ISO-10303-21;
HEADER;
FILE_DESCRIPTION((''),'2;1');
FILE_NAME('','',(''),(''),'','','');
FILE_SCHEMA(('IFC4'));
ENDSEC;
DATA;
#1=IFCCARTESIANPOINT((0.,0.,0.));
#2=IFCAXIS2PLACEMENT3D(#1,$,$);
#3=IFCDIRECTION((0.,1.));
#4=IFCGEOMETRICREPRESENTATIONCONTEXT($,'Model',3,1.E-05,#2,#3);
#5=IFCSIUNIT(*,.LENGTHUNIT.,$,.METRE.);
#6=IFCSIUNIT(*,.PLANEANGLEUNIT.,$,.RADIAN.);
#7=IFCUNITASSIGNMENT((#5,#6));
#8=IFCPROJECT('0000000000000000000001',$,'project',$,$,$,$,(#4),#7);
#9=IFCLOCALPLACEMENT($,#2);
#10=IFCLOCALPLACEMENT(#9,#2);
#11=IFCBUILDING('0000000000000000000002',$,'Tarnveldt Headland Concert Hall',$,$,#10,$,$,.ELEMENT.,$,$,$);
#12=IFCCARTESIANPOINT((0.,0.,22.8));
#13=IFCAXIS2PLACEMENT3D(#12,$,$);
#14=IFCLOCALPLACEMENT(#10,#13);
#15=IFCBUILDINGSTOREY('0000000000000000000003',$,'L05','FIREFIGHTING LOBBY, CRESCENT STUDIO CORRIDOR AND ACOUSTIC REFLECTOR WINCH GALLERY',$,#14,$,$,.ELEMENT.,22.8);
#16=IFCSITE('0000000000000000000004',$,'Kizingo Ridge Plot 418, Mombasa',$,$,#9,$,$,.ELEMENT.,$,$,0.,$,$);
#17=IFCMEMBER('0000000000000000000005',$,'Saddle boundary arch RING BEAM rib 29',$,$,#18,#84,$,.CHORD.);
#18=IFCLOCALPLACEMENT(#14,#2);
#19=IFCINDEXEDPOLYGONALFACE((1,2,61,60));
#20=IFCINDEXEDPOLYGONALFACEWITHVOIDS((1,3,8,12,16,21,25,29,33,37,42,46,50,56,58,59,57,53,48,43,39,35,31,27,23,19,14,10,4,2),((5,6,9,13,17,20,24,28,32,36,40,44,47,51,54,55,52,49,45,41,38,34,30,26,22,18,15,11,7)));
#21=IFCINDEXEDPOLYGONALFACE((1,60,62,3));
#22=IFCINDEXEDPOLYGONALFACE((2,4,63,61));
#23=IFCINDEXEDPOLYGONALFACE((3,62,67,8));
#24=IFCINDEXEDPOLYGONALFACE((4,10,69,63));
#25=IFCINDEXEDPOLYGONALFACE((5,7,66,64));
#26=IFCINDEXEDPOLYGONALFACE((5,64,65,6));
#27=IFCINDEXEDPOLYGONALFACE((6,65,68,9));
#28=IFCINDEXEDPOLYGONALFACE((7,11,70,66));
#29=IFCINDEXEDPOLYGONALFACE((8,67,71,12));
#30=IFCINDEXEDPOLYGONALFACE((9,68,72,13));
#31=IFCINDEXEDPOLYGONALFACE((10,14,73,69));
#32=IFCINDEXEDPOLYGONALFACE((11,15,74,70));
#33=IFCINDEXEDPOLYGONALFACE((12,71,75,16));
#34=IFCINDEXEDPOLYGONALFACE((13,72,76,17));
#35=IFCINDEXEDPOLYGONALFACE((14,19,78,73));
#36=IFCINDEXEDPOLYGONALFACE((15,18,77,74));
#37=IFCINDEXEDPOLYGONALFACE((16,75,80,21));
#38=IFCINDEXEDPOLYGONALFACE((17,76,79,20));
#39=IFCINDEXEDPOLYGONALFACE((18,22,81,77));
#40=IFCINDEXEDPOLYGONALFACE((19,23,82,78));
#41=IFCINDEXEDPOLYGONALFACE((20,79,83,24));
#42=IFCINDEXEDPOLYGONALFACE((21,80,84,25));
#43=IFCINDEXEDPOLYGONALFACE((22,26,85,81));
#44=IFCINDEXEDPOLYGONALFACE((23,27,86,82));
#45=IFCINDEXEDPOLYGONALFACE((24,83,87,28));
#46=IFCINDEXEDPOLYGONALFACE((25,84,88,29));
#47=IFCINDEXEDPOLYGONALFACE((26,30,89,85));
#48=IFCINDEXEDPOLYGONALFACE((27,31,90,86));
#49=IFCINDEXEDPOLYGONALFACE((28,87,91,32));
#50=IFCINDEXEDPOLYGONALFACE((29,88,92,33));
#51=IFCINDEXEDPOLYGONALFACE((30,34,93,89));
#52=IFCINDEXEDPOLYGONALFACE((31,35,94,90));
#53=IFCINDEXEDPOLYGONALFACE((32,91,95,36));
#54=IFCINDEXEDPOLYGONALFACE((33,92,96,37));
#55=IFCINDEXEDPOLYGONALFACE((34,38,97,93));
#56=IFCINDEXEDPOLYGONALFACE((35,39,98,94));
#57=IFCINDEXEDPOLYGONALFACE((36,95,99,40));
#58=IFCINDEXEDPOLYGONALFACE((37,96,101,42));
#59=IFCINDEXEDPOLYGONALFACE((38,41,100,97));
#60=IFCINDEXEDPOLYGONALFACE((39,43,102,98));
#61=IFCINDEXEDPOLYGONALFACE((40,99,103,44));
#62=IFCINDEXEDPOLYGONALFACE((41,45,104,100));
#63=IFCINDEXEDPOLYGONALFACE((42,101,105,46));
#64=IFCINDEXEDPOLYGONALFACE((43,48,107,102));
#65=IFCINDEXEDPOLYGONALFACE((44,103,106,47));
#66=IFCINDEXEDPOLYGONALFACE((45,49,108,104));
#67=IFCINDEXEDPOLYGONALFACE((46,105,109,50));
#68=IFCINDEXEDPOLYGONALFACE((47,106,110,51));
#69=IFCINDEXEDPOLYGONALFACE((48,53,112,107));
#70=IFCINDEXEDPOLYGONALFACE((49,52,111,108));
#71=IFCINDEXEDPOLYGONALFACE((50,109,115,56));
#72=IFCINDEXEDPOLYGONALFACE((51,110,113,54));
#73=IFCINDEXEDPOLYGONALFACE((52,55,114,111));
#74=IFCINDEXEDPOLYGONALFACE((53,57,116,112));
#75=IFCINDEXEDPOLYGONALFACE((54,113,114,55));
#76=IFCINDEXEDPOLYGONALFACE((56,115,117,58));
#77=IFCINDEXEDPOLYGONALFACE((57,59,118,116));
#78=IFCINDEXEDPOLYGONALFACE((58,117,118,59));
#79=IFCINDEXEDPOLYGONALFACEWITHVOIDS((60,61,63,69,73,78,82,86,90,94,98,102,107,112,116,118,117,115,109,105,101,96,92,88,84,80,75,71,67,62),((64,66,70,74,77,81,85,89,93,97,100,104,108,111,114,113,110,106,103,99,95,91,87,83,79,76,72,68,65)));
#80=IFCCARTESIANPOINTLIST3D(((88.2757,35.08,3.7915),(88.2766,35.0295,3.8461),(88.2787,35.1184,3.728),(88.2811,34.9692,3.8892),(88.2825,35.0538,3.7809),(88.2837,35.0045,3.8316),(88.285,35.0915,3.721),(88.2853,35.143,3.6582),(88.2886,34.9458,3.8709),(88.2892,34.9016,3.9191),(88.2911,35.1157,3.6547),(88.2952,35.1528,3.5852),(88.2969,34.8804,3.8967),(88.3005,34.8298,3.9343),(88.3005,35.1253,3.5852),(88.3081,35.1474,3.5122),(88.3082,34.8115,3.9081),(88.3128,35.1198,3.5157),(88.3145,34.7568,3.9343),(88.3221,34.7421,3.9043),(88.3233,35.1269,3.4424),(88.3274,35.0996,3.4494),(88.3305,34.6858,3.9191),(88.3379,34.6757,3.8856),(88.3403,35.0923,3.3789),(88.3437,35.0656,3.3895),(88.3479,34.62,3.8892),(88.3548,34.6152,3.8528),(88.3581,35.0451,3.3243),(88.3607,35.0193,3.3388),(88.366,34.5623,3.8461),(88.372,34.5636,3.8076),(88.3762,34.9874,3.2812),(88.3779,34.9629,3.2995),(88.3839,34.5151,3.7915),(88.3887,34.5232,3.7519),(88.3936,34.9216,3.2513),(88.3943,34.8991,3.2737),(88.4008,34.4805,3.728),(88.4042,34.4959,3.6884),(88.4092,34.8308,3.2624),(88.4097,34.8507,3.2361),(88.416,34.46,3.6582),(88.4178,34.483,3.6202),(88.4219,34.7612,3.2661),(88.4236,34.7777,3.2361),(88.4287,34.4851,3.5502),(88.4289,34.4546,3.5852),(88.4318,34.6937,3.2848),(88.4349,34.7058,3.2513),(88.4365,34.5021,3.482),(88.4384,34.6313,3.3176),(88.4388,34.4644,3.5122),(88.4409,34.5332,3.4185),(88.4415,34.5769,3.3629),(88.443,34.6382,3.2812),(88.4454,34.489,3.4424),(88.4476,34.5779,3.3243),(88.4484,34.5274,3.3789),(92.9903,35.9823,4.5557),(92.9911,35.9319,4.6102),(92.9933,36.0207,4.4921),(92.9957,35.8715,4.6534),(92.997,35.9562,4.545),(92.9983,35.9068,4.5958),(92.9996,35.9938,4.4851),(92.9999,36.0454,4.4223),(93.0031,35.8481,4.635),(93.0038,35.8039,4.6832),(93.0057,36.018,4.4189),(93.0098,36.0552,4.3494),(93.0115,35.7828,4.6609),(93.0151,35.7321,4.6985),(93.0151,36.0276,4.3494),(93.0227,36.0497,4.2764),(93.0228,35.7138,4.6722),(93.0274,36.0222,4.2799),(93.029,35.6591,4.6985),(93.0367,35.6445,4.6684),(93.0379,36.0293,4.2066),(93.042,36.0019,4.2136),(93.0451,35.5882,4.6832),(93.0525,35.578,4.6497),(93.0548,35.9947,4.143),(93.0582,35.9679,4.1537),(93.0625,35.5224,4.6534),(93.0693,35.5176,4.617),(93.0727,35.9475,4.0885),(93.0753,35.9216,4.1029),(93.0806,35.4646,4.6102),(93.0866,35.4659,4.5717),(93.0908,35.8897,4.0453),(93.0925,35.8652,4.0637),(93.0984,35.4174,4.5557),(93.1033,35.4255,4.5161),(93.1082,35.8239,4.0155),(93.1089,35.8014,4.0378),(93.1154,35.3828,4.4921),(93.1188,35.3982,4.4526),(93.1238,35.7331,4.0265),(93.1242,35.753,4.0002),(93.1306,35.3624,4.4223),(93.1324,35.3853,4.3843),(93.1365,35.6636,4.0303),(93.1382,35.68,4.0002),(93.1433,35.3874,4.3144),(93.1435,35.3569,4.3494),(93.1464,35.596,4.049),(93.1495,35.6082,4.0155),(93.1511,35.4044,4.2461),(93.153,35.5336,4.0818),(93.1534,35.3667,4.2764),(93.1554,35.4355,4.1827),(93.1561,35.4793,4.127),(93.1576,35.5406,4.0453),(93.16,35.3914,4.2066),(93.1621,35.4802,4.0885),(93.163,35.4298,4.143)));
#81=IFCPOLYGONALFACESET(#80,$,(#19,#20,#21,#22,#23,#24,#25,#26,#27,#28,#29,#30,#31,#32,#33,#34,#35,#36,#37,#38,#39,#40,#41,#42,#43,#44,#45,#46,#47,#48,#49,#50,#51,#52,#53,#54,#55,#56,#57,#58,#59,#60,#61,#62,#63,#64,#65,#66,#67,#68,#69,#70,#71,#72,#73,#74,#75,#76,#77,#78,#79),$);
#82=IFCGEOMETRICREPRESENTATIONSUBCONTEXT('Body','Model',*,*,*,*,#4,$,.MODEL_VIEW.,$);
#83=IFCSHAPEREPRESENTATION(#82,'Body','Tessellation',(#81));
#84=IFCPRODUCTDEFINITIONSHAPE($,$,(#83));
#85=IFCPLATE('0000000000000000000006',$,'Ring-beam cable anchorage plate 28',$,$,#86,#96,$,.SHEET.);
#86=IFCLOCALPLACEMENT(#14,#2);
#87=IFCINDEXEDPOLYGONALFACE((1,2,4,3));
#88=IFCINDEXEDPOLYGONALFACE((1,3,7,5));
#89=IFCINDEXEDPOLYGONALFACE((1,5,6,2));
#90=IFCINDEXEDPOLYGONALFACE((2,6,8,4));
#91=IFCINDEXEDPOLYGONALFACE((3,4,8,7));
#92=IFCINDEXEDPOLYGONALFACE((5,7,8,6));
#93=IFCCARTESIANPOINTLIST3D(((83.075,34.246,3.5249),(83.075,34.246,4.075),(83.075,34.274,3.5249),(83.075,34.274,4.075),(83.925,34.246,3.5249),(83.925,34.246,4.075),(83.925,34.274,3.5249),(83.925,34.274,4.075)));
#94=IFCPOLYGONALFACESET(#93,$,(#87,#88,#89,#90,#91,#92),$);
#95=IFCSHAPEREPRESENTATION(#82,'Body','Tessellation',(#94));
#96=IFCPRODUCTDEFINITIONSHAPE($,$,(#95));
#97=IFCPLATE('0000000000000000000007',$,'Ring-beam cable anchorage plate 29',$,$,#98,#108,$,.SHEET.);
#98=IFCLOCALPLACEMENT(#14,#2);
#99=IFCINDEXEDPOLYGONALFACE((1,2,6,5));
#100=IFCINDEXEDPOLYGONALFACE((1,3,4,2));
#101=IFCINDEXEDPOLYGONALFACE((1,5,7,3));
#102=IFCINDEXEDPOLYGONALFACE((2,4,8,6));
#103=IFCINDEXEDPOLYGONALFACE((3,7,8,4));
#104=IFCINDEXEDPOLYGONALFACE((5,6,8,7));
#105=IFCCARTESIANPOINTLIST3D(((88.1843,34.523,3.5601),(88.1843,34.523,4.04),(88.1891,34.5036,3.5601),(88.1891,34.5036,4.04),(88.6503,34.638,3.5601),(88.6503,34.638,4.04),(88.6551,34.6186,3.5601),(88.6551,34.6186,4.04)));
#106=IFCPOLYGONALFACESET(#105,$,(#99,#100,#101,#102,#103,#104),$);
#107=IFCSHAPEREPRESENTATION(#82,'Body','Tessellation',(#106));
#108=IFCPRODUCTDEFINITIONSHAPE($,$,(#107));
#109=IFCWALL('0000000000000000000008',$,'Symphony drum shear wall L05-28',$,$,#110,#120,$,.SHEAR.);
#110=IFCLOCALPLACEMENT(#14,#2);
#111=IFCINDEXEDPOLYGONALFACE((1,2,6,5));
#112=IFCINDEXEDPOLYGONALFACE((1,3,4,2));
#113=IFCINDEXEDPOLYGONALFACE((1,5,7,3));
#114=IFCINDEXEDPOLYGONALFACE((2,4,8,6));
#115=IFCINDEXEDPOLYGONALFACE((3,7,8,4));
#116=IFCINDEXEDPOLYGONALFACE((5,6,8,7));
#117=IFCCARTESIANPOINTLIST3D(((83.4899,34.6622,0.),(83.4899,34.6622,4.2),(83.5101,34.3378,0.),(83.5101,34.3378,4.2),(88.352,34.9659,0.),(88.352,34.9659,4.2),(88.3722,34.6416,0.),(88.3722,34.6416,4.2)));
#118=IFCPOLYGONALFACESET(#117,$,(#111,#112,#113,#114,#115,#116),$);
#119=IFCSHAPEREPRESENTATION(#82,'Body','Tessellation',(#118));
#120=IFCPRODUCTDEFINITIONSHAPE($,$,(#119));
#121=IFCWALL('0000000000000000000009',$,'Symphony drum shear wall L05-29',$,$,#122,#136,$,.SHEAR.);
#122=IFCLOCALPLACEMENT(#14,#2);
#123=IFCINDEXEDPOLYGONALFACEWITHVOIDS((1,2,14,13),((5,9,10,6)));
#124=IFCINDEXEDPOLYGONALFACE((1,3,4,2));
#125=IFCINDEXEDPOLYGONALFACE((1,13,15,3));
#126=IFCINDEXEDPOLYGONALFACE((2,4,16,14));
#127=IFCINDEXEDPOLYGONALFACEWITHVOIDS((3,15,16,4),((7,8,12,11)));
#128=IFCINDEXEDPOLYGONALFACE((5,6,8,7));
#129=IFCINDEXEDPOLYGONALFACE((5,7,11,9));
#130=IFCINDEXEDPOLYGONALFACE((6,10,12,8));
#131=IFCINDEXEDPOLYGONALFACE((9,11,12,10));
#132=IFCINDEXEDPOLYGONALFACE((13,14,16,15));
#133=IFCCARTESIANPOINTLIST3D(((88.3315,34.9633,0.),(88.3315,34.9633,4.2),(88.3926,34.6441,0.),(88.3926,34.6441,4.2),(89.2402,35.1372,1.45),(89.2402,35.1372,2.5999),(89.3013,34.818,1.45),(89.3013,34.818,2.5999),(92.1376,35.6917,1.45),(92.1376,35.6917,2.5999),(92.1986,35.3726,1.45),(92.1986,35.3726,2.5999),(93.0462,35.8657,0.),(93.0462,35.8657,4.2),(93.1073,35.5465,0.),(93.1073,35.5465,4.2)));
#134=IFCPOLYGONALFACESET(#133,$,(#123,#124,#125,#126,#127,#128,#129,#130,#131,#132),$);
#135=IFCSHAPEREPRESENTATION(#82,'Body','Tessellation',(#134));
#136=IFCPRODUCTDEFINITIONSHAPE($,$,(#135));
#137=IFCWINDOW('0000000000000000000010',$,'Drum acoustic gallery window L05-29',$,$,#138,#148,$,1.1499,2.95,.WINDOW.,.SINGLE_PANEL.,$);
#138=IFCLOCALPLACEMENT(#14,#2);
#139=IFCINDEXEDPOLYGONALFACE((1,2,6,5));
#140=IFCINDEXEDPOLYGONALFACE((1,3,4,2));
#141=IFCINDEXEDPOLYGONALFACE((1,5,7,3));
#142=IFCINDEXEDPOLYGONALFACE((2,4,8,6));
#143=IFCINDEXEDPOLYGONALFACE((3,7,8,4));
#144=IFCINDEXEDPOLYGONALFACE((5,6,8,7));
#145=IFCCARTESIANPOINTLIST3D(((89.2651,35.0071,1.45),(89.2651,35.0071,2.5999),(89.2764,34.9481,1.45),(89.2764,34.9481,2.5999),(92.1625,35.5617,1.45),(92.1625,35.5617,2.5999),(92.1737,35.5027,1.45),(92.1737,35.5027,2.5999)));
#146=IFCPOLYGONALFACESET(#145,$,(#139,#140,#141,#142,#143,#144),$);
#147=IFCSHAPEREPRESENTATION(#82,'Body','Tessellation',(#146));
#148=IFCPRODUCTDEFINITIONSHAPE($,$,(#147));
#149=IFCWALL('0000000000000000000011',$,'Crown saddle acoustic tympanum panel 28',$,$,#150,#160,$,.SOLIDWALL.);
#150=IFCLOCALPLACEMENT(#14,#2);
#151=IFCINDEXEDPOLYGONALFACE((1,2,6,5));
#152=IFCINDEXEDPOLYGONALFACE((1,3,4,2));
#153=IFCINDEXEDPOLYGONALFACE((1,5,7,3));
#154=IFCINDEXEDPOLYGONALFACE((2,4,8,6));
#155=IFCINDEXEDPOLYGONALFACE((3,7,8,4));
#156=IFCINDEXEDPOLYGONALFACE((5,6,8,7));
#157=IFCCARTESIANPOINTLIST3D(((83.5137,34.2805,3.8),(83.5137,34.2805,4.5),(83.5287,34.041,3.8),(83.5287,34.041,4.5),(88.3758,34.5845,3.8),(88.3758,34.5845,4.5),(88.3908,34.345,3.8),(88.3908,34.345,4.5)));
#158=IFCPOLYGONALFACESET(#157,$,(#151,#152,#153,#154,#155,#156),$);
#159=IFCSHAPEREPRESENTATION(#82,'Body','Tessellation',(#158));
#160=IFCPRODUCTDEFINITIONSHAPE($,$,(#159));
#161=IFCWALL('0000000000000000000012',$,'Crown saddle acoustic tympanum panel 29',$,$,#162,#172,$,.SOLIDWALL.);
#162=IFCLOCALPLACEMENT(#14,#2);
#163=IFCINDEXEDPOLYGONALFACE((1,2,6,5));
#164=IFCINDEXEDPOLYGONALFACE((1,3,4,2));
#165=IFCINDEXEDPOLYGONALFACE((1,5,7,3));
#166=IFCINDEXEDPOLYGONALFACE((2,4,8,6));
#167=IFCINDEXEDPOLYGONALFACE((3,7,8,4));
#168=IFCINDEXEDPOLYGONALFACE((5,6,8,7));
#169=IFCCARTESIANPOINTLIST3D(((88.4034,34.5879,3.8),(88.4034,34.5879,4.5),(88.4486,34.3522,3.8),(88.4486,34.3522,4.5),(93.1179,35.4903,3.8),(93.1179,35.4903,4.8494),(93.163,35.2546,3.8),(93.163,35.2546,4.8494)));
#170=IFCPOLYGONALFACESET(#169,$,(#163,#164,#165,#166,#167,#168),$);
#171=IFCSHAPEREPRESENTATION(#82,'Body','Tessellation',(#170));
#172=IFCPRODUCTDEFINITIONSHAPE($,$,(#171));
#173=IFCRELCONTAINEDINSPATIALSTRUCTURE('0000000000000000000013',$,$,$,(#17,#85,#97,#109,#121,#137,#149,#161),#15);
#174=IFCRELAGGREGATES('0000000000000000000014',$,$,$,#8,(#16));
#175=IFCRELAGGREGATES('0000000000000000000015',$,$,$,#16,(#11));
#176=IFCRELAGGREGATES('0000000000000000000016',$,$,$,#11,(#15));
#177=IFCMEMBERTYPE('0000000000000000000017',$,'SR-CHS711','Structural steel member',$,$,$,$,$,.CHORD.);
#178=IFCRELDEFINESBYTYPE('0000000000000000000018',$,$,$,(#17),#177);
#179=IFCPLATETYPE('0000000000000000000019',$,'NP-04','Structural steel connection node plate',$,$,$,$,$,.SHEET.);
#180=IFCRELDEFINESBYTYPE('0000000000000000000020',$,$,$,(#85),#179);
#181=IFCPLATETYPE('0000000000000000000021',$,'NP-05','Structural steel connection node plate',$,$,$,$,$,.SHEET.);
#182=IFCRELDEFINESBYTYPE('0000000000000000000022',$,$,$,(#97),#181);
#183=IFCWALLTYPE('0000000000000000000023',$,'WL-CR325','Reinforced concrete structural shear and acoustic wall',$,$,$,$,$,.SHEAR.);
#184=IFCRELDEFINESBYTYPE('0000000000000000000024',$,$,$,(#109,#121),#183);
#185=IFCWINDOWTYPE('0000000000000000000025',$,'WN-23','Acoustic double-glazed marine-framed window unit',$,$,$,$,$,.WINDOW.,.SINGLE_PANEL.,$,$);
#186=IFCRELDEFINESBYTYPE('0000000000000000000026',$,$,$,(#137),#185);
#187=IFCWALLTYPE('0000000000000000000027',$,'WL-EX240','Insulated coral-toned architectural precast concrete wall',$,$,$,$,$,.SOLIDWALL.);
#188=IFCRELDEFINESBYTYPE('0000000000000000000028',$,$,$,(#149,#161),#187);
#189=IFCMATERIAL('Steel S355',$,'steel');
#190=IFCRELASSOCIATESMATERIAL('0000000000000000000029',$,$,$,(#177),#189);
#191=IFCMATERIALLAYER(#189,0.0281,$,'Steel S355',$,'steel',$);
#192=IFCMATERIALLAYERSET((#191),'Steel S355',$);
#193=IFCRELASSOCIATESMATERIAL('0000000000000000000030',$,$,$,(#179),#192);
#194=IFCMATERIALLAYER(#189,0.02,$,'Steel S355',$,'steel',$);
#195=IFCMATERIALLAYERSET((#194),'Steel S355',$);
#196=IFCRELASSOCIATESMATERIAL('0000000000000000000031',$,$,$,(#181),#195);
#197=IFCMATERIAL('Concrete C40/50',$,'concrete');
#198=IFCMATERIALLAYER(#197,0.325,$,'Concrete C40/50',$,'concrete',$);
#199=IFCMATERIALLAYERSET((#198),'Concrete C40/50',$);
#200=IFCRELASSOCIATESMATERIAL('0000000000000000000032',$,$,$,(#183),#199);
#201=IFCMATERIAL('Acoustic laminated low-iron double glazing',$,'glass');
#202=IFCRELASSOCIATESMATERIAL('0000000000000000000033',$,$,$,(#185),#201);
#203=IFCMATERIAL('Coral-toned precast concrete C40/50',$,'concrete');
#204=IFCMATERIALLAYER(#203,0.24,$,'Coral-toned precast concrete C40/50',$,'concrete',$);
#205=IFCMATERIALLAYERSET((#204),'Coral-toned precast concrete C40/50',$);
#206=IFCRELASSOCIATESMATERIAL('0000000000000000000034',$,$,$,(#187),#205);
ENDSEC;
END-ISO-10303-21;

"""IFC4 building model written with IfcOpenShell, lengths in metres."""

from ifc_helpers import new_model, si_unit, direction, frame, frame_2d, origin, origin_2d, place, context, subcontext, project, spatial, polyline, rectangle, hollow_circle, outline, extrude, material, layer, layer_set, material_profile, profile_set, type_object, element, fill, save


model = new_model("IFC4")

# Units and contexts
model_context = context("Model", 3, precision=1e-05, world=origin(), true_north=direction((0.0, 1.0)))
body_context = subcontext(model_context, "Body", "Model", "MODEL_VIEW")
ifc_project = project(units=[si_unit("LENGTHUNIT", "METRE"), si_unit("PLANEANGLEUNIT", "RADIAN")], contexts=[model_context])

# Site, building, storey
site_placement = place(None, origin())
site = spatial("IfcSite", under=ifc_project, at=site_placement, Name="Kizingo Ridge Plot 418, Mombasa", CompositionType="ELEMENT", RefElevation=0.0)
building_placement = place(site_placement, origin())
building = spatial("IfcBuilding", under=site, at=building_placement, Name="Tarnveldt Headland Concert Hall", CompositionType="ELEMENT")
storey_placement = place(building_placement, frame((0.0, 0.0, 22.8)))
storey = spatial("IfcBuildingStorey", under=building, at=storey_placement, Name="L05", Description="FIREFIGHTING LOBBY, CRESCENT STUDIO CORRIDOR AND ACOUSTIC REFLECTOR WINCH GALLERY", CompositionType="ELEMENT", Elevation=22.8)

# Shared definitions
ifc_material_1 = material(Name="Concrete C40/50", Category="concrete")

# Shared definitions
ifc_material_2 = material(Name="Steel S355", Category="steel")

# Member
ifc_material_profile_1 = material_profile(ifc_material_2, hollow_circle(Radius=0.3555, WallThickness=0.0281, at=origin_2d()), Name="CHS 711x28", Category="steel")
ifc_profile_set_1 = profile_set([ifc_material_profile_1], Name="Steel S355")
member_type_1 = type_object("IfcMemberType", Name="SR-CHS711", Description="Structural steel member", PredefinedType="CHORD", material=ifc_profile_set_1)
member_1_placement = place(storey_placement, frame((88.3621, 34.8037, 3.5852), z_axis=(0.969959, 0.185644, 0.157215), x_axis=(-0.187981, 0.982173, 0.0)))
element("IfcMember", 1, at=member_1_placement, inside=storey, type_object=member_type_1, Name="Saddle boundary arch RING BEAM rib 29", PredefinedType="CHORD", context=body_context, shape_type="SweptSolid", body=[
    extrude(hollow_circle(Radius=0.3555, WallThickness=0.0281, at=origin_2d()), origin(), (0.0, 0.0, 1.0), 4.8606),
])

# Plates
ifc_layer_1 = layer(ifc_material_2, 0.0281, Name="Steel S355", Category="steel")
ifc_layer_set_1 = layer_set([ifc_layer_1], Name="Steel S355")
plate_type_1 = type_object("IfcPlateType", Name="NP-04", Description="Structural steel connection node plate", PredefinedType="SHEET", material=ifc_layer_set_1)
plate_1_placement = place(storey_placement, frame((83.5, 34.26, 3.5249), z_axis=(0.0, 0.0, 1.0), x_axis=(1.0, 0.0, 0.0)))
element("IfcPlate", 2, at=plate_1_placement, inside=storey, type_object=plate_type_1, Name="Ring-beam cable anchorage plate 28", PredefinedType="SHEET", context=body_context, shape_type="SweptSolid", body=[
    extrude(rectangle(XDim=0.8501, YDim=0.0281, at=origin_2d()), origin(), (0.0, 0.0, 1.0), 0.55),
])
ifc_layer_2 = layer(ifc_material_2, 0.02, Name="Steel S355", Category="steel")
ifc_layer_set_2 = layer_set([ifc_layer_2], Name="Steel S355")
plate_type_2 = type_object("IfcPlateType", Name="NP-05", Description="Structural steel connection node plate", PredefinedType="SHEET", material=ifc_layer_set_2)
plate_2_placement = place(storey_placement, frame((88.4197, 34.5708, 3.5601), z_axis=(0.0, 0.0, 1.0), x_axis=(0.970842, 0.23972, 0.0)))
element("IfcPlate", 3, at=plate_2_placement, inside=storey, type_object=plate_type_2, Name="Ring-beam cable anchorage plate 29", PredefinedType="SHEET", context=body_context, shape_type="SweptSolid", body=[
    extrude(rectangle(XDim=0.48, YDim=0.02, at=origin_2d()), origin(), (0.0, 0.0, 1.0), 0.48),
])

# Wall
ifc_layer_3 = layer(ifc_material_1, 0.325, Name="Concrete C40/50", Category="concrete")
ifc_layer_set_3 = layer_set([ifc_layer_3], Name="Concrete C40/50")
wall_type_1 = type_object("IfcWallType", Name="WL-CR325", Description="Reinforced concrete structural shear and acoustic wall", PredefinedType="SHEAR", material=ifc_layer_set_3)
wall_1_placement = place(storey_placement, frame((83.5, 34.5, 0.0), z_axis=(0.0, 0.0, 1.0), x_axis=(0.998055, 0.062344, 0.0)))
element("IfcWall", 4, at=wall_1_placement, inside=storey, type_object=wall_type_1, Name="Symphony drum shear wall L05-28", PredefinedType="SHEAR", context=body_context, shape_type="SweptSolid", body=[
    extrude(rectangle(XDim=4.8716, YDim=0.325, at=frame_2d((2.4358, 0.0))), origin(), (0.0, 0.0, 1.0), 4.2),
])

# Wall, opening, window
wall_2_placement = place(storey_placement, frame((88.3621, 34.8037, 0.0), z_axis=(0.0, 0.0, 1.0), x_axis=(0.982173, 0.187981, 0.0)))
wall_2 = element("IfcWall", 5, at=wall_2_placement, inside=storey, type_object=wall_type_1, Name="Symphony drum shear wall L05-29", PredefinedType="SHEAR", context=body_context, shape_type="SweptSolid", body=[
    extrude(rectangle(XDim=4.8003, YDim=0.325, at=frame_2d((2.4001, 0.0))), origin(), (0.0, 0.0, 1.0), 4.2),
])
opening_placement = place(wall_2_placement, frame((0.925, 0.0, 1.45)))
opening = element("IfcOpeningElement", 6, at=opening_placement, cuts=wall_2, PredefinedType="OPENING", context=body_context, shape_type="SweptSolid", body=[
    extrude(rectangle(XDim=2.95, YDim=1.1499, at=frame_2d((1.4751, 0.575))), frame((0.0, 0.1724, 0.0), z_axis=(0.0, -1.0, 0.0), x_axis=(1.0, 0.0, 0.0)), (0.0, 0.0, 1.0), 0.345),
])
ifc_material_3 = material(Name="Acoustic laminated low-iron double glazing", Category="glass")
window_type = type_object("IfcWindowType", Name="WN-23", Description="Acoustic double-glazed marine-framed window unit", PartitioningType="SINGLE_PANEL", PredefinedType="WINDOW", material=ifc_material_3)
window_placement = place(opening_placement, origin())
window = element("IfcWindow", 7, at=window_placement, inside=storey, type_object=window_type, Name="Drum acoustic gallery window L05-29", OverallHeight=1.1499, OverallWidth=2.95, PartitioningType="SINGLE_PANEL", PredefinedType="WINDOW", context=body_context, shape_type="SweptSolid", body=[
    extrude(rectangle(XDim=2.95, YDim=1.1499, at=frame_2d((1.4751, 0.575))), frame((0.0, 0.03, 0.0), z_axis=(0.0, -1.0, 0.0), x_axis=(1.0, 0.0, 0.0)), (0.0, 0.0, 1.0), 0.0601),
])
fill(opening, window)

# Walls
ifc_material_4 = material(Name="Coral-toned precast concrete C40/50", Category="concrete")
ifc_layer_4 = layer(ifc_material_4, 0.24, Name="Coral-toned precast concrete C40/50", Category="concrete")
ifc_layer_set_4 = layer_set([ifc_layer_4], Name="Coral-toned precast concrete C40/50")
wall_type_2 = type_object("IfcWallType", Name="WL-EX240", Description="Insulated coral-toned architectural precast concrete wall", PredefinedType="SOLIDWALL", material=ifc_layer_set_4)
wall_3_placement = place(storey_placement, frame((83.5212, 34.1606, 3.8), z_axis=(0.0, 0.0, 1.0), x_axis=(0.998052, 0.062394, 0.0)))
element("IfcWall", 8, at=wall_3_placement, inside=storey, type_object=wall_type_2, Name="Crown saddle acoustic tympanum panel 28", PredefinedType="SOLIDWALL", context=body_context, shape_type="SweptSolid", body=[
    extrude(outline(polyline([(0.0, 0.0), (4.8716, 0.0), (4.8716, 0.7), (0.0, 0.7), (0.0, 0.0)])), frame((0.0, 0.1201, 0.0), z_axis=(0.0, -1.0, 0.0), x_axis=(1.0, 0.0, 0.0)), (0.0, 0.0, 1.0), 0.24),
])
wall_4_placement = place(storey_placement, frame((88.426, 34.47, 3.8), z_axis=(0.0, 0.0, 1.0), x_axis=(0.982171, 0.187991, 0.0)))
element("IfcWall", 9, at=wall_4_placement, inside=storey, type_object=wall_type_2, Name="Crown saddle acoustic tympanum panel 29", PredefinedType="SOLIDWALL", context=body_context, shape_type="SweptSolid", body=[
    extrude(outline(polyline([(0.0, 0.0), (4.8, 0.0), (4.8, 1.0493), (0.0, 0.7), (0.0, 0.0)])), frame((0.0, 0.1201, 0.0), z_axis=(0.0, -1.0, 0.0), x_axis=(1.0, 0.0, 0.0)), (0.0, 0.0, 1.0), 0.24),
])

save(model, "model.ifc")
